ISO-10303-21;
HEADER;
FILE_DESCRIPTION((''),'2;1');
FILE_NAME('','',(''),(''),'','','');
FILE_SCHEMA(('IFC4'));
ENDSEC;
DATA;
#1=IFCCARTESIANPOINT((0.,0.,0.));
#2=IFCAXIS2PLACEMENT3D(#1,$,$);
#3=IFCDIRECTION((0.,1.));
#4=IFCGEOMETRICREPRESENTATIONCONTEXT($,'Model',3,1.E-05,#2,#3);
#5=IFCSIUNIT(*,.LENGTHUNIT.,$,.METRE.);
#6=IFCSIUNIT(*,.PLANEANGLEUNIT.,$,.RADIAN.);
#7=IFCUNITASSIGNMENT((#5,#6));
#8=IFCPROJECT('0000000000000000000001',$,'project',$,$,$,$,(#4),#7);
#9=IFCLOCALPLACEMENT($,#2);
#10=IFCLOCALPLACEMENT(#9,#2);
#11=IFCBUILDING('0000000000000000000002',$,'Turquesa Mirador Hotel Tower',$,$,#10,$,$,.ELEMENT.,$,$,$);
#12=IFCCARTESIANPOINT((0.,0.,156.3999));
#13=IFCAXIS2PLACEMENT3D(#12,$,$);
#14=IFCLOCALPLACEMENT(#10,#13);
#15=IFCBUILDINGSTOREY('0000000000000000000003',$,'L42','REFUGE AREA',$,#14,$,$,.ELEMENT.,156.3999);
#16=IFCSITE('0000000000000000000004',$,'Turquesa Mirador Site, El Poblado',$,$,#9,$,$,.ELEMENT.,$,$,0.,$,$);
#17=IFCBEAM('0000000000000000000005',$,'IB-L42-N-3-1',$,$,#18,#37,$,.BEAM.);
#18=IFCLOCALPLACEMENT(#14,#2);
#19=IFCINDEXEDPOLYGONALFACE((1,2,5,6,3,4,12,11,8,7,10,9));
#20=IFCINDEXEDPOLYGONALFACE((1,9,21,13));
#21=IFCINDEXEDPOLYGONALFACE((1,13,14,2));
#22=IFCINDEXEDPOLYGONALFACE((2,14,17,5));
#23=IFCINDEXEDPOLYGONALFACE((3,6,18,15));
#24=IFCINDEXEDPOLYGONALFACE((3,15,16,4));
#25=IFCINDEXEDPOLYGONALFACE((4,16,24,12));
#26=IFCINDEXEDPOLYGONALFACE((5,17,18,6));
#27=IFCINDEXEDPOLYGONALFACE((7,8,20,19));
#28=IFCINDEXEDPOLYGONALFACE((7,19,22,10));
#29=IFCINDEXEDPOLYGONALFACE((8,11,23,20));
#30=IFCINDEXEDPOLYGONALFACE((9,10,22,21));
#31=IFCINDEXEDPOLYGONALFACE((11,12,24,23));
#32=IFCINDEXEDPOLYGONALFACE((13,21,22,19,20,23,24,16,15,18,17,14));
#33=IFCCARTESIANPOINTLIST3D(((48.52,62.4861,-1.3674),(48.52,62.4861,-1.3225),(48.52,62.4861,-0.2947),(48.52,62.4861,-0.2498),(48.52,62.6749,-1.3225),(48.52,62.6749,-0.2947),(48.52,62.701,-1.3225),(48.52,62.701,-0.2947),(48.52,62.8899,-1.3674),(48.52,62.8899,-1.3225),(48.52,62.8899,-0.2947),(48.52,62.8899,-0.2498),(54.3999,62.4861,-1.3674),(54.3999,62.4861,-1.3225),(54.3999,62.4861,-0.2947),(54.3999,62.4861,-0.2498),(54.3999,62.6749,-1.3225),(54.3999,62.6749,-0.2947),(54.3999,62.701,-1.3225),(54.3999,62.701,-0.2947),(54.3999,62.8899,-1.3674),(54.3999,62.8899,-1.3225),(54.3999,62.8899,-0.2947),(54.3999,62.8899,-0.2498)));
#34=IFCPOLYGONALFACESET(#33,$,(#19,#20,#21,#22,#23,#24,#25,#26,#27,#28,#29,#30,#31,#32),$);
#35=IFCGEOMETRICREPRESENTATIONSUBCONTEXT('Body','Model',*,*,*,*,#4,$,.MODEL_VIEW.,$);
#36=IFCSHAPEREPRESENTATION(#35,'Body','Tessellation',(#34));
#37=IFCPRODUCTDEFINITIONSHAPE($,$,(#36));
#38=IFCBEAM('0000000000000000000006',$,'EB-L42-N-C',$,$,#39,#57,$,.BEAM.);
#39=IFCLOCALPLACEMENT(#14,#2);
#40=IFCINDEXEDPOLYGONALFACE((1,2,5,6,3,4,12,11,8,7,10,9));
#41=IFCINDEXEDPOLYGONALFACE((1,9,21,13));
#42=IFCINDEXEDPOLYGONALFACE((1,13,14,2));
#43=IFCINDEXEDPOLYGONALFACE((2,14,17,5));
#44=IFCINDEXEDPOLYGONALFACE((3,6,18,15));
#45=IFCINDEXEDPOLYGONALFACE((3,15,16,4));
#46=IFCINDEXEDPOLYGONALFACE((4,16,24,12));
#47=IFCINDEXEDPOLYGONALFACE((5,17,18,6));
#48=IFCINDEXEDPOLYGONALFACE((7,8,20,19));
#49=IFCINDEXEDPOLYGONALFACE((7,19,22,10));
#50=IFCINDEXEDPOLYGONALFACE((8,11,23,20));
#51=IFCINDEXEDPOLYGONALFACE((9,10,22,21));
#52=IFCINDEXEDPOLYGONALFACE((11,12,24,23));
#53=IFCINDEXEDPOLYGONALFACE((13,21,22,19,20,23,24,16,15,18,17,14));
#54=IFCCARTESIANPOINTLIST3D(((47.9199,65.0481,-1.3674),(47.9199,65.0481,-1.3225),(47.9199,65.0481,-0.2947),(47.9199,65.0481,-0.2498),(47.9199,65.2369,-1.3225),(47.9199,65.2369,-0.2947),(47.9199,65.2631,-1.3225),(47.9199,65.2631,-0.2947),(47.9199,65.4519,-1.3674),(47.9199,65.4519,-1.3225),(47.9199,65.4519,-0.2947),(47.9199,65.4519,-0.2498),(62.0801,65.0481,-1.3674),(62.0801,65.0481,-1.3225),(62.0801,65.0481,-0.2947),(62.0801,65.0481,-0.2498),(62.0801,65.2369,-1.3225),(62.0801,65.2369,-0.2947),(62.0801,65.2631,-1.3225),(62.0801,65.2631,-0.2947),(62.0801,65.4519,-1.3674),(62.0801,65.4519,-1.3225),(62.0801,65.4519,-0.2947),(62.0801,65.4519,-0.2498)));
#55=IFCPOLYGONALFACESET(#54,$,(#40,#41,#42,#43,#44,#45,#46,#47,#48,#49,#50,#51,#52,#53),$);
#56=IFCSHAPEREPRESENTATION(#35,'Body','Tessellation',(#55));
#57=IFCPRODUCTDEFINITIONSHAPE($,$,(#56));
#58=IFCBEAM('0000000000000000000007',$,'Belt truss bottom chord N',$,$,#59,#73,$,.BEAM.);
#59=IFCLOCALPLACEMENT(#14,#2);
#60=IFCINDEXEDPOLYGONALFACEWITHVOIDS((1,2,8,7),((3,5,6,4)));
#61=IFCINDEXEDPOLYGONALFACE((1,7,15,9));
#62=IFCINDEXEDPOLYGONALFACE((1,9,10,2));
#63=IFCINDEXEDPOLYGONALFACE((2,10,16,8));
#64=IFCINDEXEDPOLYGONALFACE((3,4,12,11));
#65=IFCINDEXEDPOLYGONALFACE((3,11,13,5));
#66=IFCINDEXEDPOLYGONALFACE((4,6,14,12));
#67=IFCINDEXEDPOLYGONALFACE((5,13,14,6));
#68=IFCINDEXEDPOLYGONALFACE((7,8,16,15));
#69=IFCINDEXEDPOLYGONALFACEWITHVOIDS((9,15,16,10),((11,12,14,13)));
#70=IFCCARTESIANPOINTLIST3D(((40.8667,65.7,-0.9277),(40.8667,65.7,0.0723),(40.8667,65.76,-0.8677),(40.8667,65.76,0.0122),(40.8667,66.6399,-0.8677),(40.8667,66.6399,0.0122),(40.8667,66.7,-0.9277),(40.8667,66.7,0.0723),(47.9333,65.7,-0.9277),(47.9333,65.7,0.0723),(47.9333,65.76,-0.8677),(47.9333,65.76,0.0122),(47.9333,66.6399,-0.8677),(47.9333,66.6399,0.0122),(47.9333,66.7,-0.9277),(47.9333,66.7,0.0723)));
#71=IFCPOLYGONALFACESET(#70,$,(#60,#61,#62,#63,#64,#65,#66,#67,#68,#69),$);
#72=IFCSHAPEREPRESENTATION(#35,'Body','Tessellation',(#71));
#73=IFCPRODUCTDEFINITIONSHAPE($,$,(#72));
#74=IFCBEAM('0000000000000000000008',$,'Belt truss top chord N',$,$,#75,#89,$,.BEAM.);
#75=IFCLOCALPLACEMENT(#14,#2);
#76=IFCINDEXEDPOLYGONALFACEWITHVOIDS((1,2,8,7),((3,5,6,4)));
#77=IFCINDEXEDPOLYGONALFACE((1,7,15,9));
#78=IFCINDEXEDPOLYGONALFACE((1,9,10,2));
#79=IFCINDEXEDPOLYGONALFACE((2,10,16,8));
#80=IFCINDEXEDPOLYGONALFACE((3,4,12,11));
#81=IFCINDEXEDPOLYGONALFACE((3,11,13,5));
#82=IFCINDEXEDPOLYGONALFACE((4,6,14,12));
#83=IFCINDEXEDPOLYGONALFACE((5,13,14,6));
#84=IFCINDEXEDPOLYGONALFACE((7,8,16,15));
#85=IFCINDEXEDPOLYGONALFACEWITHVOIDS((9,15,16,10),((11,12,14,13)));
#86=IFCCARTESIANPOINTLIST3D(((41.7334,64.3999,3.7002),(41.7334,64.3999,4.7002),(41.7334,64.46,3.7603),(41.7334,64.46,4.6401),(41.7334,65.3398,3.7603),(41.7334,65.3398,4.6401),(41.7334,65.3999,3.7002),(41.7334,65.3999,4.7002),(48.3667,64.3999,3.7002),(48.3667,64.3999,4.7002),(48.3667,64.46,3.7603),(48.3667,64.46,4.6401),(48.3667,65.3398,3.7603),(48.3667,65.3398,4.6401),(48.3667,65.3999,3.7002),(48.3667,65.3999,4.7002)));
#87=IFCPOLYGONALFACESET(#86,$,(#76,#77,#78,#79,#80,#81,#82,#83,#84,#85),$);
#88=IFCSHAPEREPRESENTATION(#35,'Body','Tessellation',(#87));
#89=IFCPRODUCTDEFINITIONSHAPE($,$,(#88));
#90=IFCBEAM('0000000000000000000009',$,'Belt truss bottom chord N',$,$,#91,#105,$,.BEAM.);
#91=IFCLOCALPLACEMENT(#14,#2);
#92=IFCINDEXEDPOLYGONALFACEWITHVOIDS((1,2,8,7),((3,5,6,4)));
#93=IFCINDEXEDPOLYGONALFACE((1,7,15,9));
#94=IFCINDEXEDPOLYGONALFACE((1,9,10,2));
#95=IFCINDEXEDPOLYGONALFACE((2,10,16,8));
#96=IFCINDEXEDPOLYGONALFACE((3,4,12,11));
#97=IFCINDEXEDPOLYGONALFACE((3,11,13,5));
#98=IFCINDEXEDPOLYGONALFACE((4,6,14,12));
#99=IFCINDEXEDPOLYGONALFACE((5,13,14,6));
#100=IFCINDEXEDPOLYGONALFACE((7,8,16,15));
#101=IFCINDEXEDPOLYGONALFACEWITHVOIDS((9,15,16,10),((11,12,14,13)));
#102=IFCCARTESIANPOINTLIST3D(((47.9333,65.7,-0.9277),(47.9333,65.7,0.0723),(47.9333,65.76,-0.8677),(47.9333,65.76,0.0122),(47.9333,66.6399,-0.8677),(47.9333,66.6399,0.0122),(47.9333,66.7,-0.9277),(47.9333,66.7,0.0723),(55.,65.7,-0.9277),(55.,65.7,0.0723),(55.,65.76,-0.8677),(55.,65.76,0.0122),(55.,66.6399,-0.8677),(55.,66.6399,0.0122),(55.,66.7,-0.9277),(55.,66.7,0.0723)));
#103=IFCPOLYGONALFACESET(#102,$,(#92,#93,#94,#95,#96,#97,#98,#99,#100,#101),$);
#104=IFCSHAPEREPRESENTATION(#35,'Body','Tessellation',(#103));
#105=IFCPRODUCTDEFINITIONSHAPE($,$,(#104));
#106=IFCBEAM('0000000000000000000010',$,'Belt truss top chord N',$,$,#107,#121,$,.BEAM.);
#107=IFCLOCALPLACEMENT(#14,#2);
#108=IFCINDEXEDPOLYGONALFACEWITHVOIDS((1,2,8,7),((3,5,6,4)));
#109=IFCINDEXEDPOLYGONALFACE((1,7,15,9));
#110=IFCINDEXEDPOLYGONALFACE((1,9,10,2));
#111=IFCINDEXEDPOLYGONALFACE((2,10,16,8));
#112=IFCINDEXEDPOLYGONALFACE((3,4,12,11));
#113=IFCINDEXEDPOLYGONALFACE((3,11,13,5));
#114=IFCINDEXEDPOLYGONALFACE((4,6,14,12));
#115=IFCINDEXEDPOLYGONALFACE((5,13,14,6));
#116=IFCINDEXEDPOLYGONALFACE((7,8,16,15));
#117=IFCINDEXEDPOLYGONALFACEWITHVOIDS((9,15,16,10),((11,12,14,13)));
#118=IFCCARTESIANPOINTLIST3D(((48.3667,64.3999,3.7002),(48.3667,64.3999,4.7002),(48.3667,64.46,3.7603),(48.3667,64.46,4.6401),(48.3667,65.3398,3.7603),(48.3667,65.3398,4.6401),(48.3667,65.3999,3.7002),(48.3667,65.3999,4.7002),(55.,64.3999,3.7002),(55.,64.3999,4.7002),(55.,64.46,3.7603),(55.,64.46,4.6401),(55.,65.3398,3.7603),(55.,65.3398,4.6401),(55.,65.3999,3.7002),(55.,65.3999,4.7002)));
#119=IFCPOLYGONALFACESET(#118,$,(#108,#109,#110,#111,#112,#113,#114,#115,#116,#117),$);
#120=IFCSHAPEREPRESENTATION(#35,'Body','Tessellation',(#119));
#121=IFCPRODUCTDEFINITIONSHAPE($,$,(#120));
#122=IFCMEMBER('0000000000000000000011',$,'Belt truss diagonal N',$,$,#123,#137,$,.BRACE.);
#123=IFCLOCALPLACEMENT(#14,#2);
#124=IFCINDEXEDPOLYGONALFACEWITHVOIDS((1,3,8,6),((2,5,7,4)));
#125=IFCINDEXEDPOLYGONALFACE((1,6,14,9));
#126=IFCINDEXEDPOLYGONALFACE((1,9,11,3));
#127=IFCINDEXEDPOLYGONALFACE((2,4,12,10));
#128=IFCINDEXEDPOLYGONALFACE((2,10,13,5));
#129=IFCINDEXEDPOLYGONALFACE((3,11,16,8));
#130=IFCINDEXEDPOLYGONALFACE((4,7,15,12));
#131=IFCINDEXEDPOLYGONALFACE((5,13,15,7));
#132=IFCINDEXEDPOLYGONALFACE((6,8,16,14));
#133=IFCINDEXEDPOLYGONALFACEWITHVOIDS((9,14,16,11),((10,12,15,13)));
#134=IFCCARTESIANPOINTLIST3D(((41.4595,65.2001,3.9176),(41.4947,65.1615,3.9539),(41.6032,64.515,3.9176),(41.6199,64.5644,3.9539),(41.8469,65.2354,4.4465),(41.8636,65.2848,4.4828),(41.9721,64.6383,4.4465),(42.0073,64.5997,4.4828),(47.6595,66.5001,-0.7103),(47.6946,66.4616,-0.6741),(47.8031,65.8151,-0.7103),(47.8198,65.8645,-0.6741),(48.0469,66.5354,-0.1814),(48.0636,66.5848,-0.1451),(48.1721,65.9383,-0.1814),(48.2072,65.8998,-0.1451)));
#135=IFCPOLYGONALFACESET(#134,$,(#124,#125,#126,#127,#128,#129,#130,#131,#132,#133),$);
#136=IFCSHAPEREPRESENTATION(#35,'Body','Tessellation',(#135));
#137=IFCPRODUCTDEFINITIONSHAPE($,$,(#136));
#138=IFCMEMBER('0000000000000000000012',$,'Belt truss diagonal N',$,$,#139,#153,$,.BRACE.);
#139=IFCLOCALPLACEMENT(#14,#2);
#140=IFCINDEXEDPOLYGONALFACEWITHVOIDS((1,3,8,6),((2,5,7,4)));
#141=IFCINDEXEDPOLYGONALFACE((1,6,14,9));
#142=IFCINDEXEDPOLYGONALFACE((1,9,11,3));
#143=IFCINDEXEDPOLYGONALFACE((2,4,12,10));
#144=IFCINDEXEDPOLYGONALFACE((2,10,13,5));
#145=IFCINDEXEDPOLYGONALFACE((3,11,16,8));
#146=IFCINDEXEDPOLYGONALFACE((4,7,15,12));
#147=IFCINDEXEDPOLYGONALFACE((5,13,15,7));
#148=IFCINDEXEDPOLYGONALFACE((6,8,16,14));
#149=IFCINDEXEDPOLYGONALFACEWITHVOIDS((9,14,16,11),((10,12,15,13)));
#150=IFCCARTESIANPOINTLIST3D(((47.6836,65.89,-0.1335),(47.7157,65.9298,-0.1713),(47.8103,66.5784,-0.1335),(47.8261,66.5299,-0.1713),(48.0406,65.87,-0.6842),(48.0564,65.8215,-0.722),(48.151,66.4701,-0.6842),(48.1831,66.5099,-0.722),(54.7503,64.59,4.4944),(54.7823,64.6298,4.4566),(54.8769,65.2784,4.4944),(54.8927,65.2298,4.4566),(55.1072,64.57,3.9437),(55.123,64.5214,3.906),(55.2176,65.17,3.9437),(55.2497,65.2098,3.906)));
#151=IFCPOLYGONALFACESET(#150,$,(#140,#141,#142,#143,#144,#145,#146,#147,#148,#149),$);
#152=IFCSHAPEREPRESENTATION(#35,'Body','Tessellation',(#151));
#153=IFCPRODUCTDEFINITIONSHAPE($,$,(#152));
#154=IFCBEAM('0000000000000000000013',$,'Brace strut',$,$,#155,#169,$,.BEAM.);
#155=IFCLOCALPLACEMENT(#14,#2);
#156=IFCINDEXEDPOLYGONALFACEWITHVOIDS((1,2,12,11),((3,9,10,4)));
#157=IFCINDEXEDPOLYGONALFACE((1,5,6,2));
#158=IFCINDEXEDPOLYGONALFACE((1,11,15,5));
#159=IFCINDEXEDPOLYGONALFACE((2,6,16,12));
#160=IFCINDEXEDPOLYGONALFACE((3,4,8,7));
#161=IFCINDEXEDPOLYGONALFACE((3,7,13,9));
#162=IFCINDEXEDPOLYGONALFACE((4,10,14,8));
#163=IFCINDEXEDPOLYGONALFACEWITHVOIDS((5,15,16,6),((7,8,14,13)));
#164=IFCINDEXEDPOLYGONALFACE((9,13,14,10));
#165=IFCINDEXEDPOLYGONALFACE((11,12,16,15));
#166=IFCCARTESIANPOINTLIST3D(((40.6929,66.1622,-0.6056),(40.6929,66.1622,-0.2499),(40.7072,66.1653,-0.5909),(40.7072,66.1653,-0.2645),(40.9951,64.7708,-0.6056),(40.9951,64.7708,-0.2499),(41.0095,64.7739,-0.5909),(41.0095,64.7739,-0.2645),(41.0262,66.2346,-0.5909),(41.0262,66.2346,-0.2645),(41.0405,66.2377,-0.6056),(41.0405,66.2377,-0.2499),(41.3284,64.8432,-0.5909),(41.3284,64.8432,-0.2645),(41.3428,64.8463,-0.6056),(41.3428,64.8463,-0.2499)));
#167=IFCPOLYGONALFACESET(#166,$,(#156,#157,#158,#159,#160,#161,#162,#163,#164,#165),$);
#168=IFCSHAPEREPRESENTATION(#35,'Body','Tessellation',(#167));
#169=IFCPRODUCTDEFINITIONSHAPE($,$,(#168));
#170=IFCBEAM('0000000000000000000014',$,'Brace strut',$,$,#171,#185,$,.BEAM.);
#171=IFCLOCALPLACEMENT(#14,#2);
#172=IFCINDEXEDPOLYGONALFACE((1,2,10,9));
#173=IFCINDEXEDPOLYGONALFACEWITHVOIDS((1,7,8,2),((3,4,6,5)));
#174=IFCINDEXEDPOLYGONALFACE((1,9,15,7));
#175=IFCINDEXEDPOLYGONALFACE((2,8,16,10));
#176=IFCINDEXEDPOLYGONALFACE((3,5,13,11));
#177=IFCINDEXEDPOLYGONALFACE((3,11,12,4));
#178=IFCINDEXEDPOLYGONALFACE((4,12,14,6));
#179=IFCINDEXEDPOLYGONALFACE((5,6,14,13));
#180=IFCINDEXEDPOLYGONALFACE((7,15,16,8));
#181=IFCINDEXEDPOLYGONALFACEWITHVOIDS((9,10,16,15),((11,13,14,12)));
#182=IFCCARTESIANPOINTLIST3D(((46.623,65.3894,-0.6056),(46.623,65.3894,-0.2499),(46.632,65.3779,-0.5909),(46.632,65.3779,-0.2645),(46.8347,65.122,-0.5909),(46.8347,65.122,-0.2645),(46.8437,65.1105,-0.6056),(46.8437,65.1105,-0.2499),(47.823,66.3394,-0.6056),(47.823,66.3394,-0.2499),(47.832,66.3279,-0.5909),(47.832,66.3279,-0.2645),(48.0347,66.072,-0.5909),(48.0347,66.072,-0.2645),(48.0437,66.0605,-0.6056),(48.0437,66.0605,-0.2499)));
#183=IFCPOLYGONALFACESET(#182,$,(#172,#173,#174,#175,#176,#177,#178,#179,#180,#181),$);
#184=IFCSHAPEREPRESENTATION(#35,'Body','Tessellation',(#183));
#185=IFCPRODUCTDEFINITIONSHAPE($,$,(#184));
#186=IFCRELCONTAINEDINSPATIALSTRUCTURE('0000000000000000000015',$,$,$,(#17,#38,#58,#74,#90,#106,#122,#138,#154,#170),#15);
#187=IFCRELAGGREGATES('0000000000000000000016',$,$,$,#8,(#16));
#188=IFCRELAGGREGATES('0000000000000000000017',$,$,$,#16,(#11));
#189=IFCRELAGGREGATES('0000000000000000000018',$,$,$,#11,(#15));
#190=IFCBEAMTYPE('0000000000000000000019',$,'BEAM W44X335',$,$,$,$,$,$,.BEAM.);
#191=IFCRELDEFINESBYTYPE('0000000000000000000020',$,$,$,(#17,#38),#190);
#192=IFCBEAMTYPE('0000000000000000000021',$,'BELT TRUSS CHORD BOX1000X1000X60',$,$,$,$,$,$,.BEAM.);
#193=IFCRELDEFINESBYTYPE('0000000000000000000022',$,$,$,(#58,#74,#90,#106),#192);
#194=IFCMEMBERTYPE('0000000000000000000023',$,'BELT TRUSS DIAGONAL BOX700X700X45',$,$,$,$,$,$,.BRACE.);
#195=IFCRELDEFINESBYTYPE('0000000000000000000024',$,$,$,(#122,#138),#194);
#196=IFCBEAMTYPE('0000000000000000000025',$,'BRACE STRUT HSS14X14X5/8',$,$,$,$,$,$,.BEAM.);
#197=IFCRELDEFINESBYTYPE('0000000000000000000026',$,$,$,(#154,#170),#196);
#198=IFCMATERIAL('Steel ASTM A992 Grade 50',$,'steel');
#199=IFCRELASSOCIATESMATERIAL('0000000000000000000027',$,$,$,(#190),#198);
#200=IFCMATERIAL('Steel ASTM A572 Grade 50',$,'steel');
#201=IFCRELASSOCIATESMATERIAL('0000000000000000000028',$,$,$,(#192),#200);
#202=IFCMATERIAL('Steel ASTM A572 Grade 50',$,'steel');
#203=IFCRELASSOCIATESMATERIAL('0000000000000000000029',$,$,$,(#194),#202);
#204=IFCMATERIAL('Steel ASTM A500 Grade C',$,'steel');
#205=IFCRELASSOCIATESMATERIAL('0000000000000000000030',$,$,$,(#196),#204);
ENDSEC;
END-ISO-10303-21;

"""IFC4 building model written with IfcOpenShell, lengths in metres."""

from ifc_helpers import new_model, si_unit, direction, frame, origin, origin_2d, place, context, subcontext, project, spatial, hollow_rectangle, i_section, extrude, material, material_profile, profile_set, type_object, element, save


model = new_model("IFC4")

# Units and contexts
model_context = context("Model", 3, precision=1e-05, world=origin(), true_north=direction((0.0, 1.0)))
body_context = subcontext(model_context, "Body", "Model", "MODEL_VIEW")
ifc_project = project(units=[si_unit("LENGTHUNIT", "METRE"), si_unit("PLANEANGLEUNIT", "RADIAN")], contexts=[model_context])

# Site, building, storey
site_placement = place(None, origin())
site = spatial("IfcSite", under=ifc_project, at=site_placement, Name="Turquesa Mirador Site, El Poblado", CompositionType="ELEMENT", RefElevation=0.0)
building_placement = place(site_placement, origin())
building = spatial("IfcBuilding", under=site, at=building_placement, Name="Turquesa Mirador Hotel Tower", CompositionType="ELEMENT")
storey_placement = place(building_placement, frame((0.0, 0.0, 156.3999)))
storey = spatial("IfcBuildingStorey", under=building, at=storey_placement, Name="L42", Description="REFUGE AREA", CompositionType="ELEMENT", Elevation=156.3999)

# Beams
ifc_material_1 = material(Name="Steel ASTM A992 Grade 50", Category="steel")
ifc_material_profile_1 = material_profile(ifc_material_1, i_section(OverallWidth=0.4038, OverallDepth=1.1177, WebThickness=0.0261, FlangeThickness=0.0449, at=origin_2d()), Name="W44X335")
ifc_profile_set_1 = profile_set([ifc_material_profile_1], Name="Steel ASTM A992 Grade 50")
beam_type_1 = type_object("IfcBeamType", Name="BEAM W44X335", PredefinedType="BEAM", material=ifc_profile_set_1)
beam_1_placement = place(storey_placement, frame((48.52, 62.688, -0.8086), z_axis=(1.0, 0.0, 0.0), x_axis=(0.0, 1.0, 0.0)))
element("IfcBeam", 1, at=beam_1_placement, inside=storey, type_object=beam_type_1, Name="IB-L42-N-3-1", PredefinedType="BEAM", context=body_context, shape_type="SweptSolid", body=[
    extrude(i_section(OverallWidth=0.4038, OverallDepth=1.1177, WebThickness=0.0261, FlangeThickness=0.0449, at=origin_2d()), origin(), (0.0, 0.0, 1.0), 5.8799),
])
beam_2_placement = place(storey_placement, frame((47.9199, 65.25, -0.8086), z_axis=(1.0, 0.0, 0.0), x_axis=(0.0, 1.0, 0.0)))
element("IfcBeam", 2, at=beam_2_placement, inside=storey, type_object=beam_type_1, Name="EB-L42-N-C", PredefinedType="BEAM", context=body_context, shape_type="SweptSolid", body=[
    extrude(i_section(OverallWidth=0.4038, OverallDepth=1.1177, WebThickness=0.0261, FlangeThickness=0.0449, at=origin_2d()), origin(), (0.0, 0.0, 1.0), 14.1602),
])
ifc_material_2 = material(Name="Steel ASTM A572 Grade 50", Category="steel")
ifc_material_profile_2 = material_profile(ifc_material_2, hollow_rectangle(XDim=1.0, YDim=1.0, WallThickness=0.0601, at=origin_2d()), Name="BOX1000X1000X60")
ifc_profile_set_2 = profile_set([ifc_material_profile_2], Name="Steel ASTM A572 Grade 50")
beam_type_2 = type_object("IfcBeamType", Name="BELT TRUSS CHORD BOX1000X1000X60", PredefinedType="BEAM", material=ifc_profile_set_2)
beam_3_placement = place(storey_placement, frame((40.8667, 66.2, -0.4277), z_axis=(1.0, 0.0, 0.0), x_axis=(0.0, 1.0, 0.0)))
element("IfcBeam", 3, at=beam_3_placement, inside=storey, type_object=beam_type_2, Name="Belt truss bottom chord N", PredefinedType="BEAM", context=body_context, shape_type="SweptSolid", body=[
    extrude(hollow_rectangle(XDim=1.0, YDim=1.0, WallThickness=0.0601, at=origin_2d()), origin(), (0.0, 0.0, 1.0), 7.0667),
])
beam_4_placement = place(storey_placement, frame((41.7334, 64.8999, 4.2002), z_axis=(1.0, 0.0, 0.0), x_axis=(0.0, 1.0, 0.0)))
element("IfcBeam", 4, at=beam_4_placement, inside=storey, type_object=beam_type_2, Name="Belt truss top chord N", PredefinedType="BEAM", context=body_context, shape_type="SweptSolid", body=[
    extrude(hollow_rectangle(XDim=1.0, YDim=1.0, WallThickness=0.0601, at=origin_2d()), origin(), (0.0, 0.0, 1.0), 6.6333),
])
beam_5_placement = place(storey_placement, frame((47.9333, 66.2, -0.4277), z_axis=(1.0, 0.0, 0.0), x_axis=(0.0, 1.0, 0.0)))
element("IfcBeam", 5, at=beam_5_placement, inside=storey, type_object=beam_type_2, Name="Belt truss bottom chord N", PredefinedType="BEAM", context=body_context, shape_type="SweptSolid", body=[
    extrude(hollow_rectangle(XDim=1.0, YDim=1.0, WallThickness=0.0601, at=origin_2d()), origin(), (0.0, 0.0, 1.0), 7.0667),
])
beam_6_placement = place(storey_placement, frame((48.3667, 64.8999, 4.2002), z_axis=(1.0, 0.0, 0.0), x_axis=(0.0, 1.0, 0.0)))
element("IfcBeam", 6, at=beam_6_placement, inside=storey, type_object=beam_type_2, Name="Belt truss top chord N", PredefinedType="BEAM", context=body_context, shape_type="SweptSolid", body=[
    extrude(hollow_rectangle(XDim=1.0, YDim=1.0, WallThickness=0.0601, at=origin_2d()), origin(), (0.0, 0.0, 1.0), 6.6333),
])

# Members
ifc_material_3 = material(Name="Steel ASTM A572 Grade 50", Category="steel")
ifc_material_profile_3 = material_profile(ifc_material_3, hollow_rectangle(XDim=0.7, YDim=0.7, WallThickness=0.0449, at=origin_2d()), Name="BOX700X700X45")
ifc_profile_set_3 = profile_set([ifc_material_profile_3], Name="Steel ASTM A572 Grade 50")
member_type = type_object("IfcMemberType", Name="BELT TRUSS DIAGONAL BOX700X700X45", PredefinedType="BRACE", material=ifc_profile_set_3)
member_1_placement = place(storey_placement, frame((41.7334, 64.8999, 4.2002), z_axis=(0.790285, 0.165713, -0.589905), x_axis=(-0.205224, 0.978715, 0.0)))
element("IfcMember", 7, at=member_1_placement, inside=storey, type_object=member_type, Name="Belt truss diagonal N", PredefinedType="BRACE", context=body_context, shape_type="SweptSolid", body=[
    extrude(hollow_rectangle(XDim=0.7, YDim=0.7, WallThickness=0.0449, at=origin_2d()), origin(), (0.0, 0.0, 1.0), 7.8452),
])
member_2_placement = place(storey_placement, frame((47.9333, 66.2, -0.4277), z_axis=(0.826832, -0.152112, 0.54149), x_axis=(0.180933, 0.983495, 0.0)))
element("IfcMember", 8, at=member_2_placement, inside=storey, type_object=member_type, Name="Belt truss diagonal N", PredefinedType="BRACE", context=body_context, shape_type="SweptSolid", body=[
    extrude(hollow_rectangle(XDim=0.7, YDim=0.7, WallThickness=0.0449, at=origin_2d()), origin(), (0.0, 0.0, 1.0), 8.5466),
])

# Beams
ifc_material_4 = material(Name="Steel ASTM A500 Grade C", Category="steel")
ifc_material_profile_4 = material_profile(ifc_material_4, hollow_rectangle(XDim=0.3557, YDim=0.3557, WallThickness=0.0146, at=origin_2d()), Name="HSS14X14X5/8")
ifc_profile_set_4 = profile_set([ifc_material_profile_4], Name="Steel ASTM A500 Grade C")
beam_type_3 = type_object("IfcBeamType", Name="BRACE STRUT HSS14X14X5/8", PredefinedType="BEAM", material=ifc_profile_set_4)
beam_7_placement = place(storey_placement, frame((40.8667, 66.2, -0.4277), z_axis=(0.21228, -0.977209, 0.0), x_axis=(0.977209, 0.21228, 0.0)))
element("IfcBeam", 9, at=beam_7_placement, inside=storey, type_object=beam_type_3, Name="Brace strut", PredefinedType="BEAM", context=body_context, shape_type="SweptSolid", body=[
    extrude(hollow_rectangle(XDim=0.3557, YDim=0.3557, WallThickness=0.0146, at=origin_2d()), origin(), (0.0, 0.0, 1.0), 1.4238),
])
for number, where, z_axis, x_axis, name in (
    (10, (47.9333, 66.2, -0.4277), (-0.784049, -0.620699, 0.0), (0.620699, -0.784049, 0.0), "Brace strut"),
):
    element("IfcBeam", number, at=place(storey_placement, frame(where, z_axis=z_axis, x_axis=x_axis)), inside=storey, type_object=beam_type_3, Name=name, PredefinedType="BEAM", context=body_context, shape_type="SweptSolid", body=[
        extrude(hollow_rectangle(XDim=0.3557, YDim=0.3557, WallThickness=0.0146, at=origin_2d()), origin(), (0.0, 0.0, 1.0), 1.5305),
    ])

save(model, "model.ifc")
